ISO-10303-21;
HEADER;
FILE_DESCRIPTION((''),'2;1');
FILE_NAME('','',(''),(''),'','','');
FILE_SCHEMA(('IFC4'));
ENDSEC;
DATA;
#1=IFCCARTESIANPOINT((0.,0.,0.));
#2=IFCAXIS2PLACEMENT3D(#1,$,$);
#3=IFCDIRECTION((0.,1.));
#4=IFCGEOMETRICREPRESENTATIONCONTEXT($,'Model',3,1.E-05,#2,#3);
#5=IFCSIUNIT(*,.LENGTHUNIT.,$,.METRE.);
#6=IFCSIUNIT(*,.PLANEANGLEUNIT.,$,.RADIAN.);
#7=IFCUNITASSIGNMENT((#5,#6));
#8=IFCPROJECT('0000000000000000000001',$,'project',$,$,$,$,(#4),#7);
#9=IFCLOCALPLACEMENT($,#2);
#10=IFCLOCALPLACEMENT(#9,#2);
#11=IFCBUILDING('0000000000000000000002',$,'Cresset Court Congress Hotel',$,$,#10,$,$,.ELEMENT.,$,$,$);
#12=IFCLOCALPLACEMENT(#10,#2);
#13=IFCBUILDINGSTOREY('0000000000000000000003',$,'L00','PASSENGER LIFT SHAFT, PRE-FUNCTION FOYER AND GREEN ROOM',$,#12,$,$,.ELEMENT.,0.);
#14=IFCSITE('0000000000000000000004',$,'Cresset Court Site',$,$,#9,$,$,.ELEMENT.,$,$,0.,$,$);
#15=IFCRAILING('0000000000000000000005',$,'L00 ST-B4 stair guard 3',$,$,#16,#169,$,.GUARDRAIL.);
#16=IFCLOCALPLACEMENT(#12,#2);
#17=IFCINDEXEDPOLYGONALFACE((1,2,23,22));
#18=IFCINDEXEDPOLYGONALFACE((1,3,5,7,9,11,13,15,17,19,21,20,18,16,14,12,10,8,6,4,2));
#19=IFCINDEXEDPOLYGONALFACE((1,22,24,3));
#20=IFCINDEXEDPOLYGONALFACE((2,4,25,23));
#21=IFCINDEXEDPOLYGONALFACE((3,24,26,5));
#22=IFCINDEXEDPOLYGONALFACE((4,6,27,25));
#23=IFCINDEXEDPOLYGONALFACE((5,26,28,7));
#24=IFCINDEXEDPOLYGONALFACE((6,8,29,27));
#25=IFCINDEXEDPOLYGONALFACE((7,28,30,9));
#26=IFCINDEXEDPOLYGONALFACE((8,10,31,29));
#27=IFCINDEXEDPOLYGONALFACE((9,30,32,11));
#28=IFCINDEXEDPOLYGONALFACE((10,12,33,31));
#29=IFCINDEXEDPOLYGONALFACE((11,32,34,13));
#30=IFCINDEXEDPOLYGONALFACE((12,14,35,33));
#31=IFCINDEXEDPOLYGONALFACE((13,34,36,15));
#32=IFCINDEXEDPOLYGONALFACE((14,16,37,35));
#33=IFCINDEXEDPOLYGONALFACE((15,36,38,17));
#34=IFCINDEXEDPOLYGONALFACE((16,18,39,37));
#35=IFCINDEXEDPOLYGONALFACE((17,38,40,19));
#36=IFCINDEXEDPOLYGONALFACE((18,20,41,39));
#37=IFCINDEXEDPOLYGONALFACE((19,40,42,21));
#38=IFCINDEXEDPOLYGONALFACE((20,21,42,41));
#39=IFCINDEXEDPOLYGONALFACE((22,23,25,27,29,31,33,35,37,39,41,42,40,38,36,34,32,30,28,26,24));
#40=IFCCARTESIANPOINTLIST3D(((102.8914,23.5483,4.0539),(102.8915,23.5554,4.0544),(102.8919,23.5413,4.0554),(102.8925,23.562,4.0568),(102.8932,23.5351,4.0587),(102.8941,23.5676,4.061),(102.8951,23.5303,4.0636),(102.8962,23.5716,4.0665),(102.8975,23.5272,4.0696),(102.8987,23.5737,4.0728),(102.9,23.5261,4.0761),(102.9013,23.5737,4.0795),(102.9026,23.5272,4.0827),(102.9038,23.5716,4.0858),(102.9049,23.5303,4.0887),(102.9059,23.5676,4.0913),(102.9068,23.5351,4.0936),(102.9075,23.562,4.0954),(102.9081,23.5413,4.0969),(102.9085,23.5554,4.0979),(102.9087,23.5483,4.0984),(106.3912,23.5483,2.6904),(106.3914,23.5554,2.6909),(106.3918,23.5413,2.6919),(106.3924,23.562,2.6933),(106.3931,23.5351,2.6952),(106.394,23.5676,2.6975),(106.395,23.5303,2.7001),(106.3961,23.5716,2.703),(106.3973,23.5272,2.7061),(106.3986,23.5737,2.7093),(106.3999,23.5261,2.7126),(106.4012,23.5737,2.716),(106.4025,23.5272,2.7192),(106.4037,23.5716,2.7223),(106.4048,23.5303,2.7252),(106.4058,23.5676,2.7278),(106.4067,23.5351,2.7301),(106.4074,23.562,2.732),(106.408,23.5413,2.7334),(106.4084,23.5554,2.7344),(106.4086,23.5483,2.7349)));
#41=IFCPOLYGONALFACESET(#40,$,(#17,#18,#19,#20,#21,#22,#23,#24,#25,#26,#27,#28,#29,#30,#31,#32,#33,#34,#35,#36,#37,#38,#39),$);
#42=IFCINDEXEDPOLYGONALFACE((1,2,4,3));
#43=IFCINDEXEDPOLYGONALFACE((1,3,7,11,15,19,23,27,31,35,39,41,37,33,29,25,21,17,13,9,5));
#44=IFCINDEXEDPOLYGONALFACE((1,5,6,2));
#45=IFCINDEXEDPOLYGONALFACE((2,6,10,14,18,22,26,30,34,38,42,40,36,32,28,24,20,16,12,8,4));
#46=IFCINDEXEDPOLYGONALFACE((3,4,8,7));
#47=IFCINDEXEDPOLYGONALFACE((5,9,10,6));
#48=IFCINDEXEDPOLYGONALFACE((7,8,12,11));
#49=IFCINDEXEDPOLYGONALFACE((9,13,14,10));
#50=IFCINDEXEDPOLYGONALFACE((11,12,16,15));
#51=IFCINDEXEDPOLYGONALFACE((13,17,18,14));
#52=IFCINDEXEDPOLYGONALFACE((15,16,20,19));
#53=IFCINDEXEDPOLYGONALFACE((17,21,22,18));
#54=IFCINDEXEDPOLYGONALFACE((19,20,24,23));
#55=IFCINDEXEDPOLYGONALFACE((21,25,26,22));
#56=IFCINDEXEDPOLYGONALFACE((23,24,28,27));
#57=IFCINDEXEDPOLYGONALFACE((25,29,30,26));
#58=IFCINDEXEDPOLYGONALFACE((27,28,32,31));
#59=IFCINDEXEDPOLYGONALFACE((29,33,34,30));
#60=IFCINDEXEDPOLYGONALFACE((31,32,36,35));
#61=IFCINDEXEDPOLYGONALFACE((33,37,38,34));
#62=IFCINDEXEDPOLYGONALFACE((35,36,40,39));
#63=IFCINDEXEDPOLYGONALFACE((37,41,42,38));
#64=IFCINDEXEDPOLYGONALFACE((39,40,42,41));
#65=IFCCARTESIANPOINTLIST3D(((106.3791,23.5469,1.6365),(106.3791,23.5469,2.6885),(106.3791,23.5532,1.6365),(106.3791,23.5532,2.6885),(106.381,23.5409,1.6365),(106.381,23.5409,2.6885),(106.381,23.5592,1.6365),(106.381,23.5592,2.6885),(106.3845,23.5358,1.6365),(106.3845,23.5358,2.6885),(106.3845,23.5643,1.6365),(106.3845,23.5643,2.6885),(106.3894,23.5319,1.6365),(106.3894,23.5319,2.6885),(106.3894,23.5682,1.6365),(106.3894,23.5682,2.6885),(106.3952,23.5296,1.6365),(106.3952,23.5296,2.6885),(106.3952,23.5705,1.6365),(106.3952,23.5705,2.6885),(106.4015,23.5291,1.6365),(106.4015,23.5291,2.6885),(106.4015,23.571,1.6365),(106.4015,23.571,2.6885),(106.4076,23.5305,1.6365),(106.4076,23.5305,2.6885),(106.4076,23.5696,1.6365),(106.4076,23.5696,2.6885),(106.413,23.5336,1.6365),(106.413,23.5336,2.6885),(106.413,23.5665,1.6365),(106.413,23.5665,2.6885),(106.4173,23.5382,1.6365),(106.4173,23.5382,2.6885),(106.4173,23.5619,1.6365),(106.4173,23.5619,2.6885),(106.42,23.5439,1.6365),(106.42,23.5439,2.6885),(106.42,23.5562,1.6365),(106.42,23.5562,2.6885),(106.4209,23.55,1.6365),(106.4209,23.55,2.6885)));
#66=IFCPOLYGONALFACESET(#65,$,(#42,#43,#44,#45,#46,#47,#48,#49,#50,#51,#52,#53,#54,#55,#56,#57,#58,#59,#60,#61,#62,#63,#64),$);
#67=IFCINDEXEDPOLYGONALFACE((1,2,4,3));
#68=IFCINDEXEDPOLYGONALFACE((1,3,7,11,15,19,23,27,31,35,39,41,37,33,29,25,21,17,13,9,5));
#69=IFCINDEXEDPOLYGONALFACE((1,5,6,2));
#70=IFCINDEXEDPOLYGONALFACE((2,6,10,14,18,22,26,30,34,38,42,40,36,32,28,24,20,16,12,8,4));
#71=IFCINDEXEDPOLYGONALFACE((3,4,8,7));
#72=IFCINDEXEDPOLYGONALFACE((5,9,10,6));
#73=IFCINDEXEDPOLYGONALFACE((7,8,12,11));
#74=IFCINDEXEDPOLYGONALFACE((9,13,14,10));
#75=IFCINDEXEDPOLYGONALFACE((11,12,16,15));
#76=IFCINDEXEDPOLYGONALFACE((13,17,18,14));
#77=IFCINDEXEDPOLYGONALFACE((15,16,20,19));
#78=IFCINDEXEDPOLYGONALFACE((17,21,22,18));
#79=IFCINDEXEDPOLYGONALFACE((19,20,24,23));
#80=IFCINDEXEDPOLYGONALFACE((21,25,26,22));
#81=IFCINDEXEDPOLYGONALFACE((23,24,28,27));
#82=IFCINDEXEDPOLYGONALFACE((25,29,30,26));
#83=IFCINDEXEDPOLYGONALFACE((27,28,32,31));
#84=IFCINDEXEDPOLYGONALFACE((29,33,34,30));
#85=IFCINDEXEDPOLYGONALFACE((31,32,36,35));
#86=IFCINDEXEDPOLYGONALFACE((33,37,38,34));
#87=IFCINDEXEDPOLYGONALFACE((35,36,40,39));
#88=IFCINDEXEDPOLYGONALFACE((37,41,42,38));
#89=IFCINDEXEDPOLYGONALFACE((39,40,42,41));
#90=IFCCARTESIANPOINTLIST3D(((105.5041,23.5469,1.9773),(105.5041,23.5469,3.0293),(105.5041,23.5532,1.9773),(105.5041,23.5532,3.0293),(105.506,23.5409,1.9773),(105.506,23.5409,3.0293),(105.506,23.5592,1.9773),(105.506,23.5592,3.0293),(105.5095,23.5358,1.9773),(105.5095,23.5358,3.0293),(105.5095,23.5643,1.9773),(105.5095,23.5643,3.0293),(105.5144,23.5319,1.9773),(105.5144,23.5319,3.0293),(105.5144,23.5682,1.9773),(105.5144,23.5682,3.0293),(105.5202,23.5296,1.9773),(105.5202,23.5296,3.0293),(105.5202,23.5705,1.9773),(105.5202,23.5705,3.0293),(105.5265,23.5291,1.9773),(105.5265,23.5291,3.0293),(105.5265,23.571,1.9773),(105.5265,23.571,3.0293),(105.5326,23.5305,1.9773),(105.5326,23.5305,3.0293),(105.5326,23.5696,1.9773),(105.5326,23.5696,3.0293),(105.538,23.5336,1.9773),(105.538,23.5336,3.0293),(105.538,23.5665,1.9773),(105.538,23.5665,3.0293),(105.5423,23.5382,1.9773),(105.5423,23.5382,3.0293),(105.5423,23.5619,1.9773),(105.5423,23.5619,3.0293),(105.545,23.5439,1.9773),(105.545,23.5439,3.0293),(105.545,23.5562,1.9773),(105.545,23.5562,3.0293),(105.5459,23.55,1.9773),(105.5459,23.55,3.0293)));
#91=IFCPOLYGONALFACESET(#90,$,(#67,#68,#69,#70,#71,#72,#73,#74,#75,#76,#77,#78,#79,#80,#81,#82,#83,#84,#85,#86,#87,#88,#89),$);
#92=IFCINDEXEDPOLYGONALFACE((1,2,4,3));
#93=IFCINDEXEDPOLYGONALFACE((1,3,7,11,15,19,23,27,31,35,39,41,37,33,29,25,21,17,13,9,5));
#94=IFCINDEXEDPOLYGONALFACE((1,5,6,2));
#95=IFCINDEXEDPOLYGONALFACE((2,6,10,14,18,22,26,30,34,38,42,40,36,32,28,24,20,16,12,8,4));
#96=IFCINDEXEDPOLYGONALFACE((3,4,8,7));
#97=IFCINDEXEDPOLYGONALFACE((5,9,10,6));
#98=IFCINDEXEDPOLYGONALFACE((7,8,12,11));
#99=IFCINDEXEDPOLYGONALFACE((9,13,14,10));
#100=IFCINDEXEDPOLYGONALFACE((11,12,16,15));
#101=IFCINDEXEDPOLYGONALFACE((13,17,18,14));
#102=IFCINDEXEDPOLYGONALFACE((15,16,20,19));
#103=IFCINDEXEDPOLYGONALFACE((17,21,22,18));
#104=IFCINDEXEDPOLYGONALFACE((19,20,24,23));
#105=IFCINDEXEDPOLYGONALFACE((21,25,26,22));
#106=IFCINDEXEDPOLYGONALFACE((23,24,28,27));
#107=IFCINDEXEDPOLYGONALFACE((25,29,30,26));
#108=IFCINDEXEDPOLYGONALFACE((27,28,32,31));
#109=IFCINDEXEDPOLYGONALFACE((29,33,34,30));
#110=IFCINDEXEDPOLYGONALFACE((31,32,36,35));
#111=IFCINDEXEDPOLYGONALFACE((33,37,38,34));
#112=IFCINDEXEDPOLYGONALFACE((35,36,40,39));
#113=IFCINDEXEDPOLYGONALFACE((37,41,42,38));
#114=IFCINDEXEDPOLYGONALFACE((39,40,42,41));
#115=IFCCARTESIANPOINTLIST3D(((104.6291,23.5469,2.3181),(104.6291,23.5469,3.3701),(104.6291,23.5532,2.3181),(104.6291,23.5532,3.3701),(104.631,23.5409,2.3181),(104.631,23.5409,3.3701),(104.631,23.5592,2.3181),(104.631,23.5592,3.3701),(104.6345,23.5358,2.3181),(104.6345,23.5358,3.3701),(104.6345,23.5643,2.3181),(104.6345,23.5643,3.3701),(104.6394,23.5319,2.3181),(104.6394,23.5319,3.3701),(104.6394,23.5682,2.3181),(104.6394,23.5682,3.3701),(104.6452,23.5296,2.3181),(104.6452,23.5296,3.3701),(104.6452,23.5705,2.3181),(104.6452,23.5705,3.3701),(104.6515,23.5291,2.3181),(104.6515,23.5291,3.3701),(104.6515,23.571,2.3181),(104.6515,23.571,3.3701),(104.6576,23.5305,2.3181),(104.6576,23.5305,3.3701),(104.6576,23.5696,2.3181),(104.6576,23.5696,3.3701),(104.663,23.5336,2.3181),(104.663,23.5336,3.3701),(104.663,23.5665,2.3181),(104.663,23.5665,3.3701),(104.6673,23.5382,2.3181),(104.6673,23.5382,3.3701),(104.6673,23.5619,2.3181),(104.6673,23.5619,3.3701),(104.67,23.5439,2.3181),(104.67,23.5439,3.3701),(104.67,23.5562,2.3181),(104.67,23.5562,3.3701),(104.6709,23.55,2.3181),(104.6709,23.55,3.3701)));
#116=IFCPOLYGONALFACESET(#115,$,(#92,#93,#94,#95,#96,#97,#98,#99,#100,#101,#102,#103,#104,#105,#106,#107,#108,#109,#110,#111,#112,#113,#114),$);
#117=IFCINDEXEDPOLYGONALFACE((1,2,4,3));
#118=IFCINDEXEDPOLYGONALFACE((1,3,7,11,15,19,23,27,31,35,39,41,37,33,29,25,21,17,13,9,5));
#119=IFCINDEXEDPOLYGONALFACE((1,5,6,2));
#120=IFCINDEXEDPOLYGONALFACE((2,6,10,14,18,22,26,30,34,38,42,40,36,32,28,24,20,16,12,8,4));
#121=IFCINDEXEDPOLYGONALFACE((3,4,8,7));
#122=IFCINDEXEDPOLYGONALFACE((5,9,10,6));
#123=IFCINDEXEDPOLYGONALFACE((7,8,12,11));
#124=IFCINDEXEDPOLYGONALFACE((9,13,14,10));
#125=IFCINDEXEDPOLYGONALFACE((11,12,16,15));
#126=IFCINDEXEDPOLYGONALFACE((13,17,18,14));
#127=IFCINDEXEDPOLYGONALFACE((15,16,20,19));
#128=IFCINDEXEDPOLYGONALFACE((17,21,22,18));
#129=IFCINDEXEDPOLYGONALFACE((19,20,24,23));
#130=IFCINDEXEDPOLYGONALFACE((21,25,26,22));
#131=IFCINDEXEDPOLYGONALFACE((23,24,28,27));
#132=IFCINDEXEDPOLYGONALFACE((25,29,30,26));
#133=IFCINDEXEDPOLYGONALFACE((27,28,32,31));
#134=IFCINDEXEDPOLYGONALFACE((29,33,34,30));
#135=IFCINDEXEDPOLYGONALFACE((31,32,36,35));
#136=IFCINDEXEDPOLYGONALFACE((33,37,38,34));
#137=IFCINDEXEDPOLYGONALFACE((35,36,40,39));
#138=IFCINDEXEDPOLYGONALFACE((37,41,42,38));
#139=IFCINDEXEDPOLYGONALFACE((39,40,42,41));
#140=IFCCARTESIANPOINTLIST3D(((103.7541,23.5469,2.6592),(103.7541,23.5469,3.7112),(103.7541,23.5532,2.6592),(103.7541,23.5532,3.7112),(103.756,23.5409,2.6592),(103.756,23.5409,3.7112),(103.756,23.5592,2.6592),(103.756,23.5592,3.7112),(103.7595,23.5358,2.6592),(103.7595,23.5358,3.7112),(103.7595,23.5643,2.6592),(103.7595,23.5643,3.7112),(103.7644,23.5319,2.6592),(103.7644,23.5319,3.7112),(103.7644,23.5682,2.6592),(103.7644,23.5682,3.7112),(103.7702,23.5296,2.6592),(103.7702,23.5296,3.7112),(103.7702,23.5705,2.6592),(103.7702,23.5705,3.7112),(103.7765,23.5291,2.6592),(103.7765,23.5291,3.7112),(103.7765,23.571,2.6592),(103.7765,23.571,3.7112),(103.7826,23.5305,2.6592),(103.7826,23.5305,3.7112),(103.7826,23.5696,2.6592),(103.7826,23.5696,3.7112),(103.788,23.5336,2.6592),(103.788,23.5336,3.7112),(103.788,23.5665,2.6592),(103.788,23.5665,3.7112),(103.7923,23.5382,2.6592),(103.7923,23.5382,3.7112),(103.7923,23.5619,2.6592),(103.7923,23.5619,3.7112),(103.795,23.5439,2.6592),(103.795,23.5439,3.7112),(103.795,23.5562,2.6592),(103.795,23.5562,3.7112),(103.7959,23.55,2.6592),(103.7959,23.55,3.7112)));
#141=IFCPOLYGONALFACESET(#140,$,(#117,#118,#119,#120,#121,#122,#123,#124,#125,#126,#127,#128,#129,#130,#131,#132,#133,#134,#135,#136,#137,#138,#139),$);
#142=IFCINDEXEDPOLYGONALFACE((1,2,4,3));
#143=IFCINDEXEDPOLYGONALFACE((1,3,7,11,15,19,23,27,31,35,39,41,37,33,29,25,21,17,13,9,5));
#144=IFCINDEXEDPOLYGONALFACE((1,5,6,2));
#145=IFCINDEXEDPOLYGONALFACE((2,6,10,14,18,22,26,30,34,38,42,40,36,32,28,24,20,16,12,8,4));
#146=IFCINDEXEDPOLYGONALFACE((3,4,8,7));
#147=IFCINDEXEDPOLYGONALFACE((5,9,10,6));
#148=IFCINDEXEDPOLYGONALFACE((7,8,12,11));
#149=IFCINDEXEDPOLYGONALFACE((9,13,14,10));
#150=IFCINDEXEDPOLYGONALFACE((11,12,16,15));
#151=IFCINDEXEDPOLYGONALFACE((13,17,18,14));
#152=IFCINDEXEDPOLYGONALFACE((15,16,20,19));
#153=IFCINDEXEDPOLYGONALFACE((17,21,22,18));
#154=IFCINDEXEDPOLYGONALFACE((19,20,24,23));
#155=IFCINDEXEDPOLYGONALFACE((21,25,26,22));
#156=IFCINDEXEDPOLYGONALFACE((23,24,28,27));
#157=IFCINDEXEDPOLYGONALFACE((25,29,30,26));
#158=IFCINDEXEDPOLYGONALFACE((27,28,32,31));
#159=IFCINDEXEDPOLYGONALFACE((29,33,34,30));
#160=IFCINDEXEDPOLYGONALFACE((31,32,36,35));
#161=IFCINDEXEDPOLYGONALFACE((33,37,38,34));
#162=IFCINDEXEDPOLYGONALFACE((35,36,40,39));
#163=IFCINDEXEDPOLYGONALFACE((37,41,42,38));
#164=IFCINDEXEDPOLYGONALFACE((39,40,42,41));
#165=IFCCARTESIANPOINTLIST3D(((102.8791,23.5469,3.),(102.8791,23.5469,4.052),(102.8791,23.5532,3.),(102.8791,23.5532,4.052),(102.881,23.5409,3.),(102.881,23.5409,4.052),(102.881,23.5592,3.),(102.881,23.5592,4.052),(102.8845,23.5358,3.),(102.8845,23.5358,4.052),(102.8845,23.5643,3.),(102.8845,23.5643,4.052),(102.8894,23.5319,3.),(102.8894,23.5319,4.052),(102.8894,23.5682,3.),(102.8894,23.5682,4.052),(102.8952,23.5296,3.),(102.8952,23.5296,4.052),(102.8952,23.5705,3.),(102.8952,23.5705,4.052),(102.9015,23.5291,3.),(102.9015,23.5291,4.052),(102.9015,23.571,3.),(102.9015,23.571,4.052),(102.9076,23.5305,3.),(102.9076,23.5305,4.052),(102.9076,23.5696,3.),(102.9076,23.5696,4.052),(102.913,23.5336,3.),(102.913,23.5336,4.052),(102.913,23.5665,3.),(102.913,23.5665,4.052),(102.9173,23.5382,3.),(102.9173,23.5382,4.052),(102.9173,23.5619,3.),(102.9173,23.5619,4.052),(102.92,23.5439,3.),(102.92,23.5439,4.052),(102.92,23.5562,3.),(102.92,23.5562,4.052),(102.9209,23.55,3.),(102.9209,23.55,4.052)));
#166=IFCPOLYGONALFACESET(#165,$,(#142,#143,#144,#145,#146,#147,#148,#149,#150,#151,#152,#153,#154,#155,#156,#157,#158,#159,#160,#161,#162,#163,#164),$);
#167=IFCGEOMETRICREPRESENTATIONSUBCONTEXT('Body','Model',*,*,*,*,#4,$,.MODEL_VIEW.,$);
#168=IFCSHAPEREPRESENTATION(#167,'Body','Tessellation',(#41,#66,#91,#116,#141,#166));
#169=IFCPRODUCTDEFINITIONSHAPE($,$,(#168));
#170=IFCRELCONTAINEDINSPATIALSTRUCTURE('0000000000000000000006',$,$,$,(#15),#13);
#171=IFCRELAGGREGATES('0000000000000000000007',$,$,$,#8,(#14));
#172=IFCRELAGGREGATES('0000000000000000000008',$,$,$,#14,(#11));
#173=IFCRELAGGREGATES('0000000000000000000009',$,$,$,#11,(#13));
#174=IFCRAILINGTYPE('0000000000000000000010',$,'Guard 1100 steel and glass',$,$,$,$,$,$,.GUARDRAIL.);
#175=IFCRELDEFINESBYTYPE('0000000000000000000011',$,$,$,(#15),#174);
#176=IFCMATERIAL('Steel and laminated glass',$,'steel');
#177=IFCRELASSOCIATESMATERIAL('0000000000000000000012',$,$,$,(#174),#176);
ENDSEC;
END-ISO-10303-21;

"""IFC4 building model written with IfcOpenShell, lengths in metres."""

from ifc_helpers import new_model, si_unit, direction, frame, origin, origin_2d, place, context, subcontext, project, spatial, circle, extrude, material, type_object, element, save


model = new_model("IFC4")

# Units and contexts
model_context = context("Model", 3, precision=1e-05, world=origin(), true_north=direction((0.0, 1.0)))
body_context = subcontext(model_context, "Body", "Model", "MODEL_VIEW")
ifc_project = project(units=[si_unit("LENGTHUNIT", "METRE"), si_unit("PLANEANGLEUNIT", "RADIAN")], contexts=[model_context])

# Site, building, storey
site_placement = place(None, origin())
site = spatial("IfcSite", under=ifc_project, at=site_placement, Name="Cresset Court Site", CompositionType="ELEMENT", RefElevation=0.0)
building_placement = place(site_placement, origin())
building = spatial("IfcBuilding", under=site, at=building_placement, Name="Cresset Court Congress Hotel", CompositionType="ELEMENT")
storey_placement = place(building_placement, origin())
storey = spatial("IfcBuildingStorey", under=building, at=storey_placement, Name="L00", Description="PASSENGER LIFT SHAFT, PRE-FUNCTION FOYER AND GREEN ROOM", CompositionType="ELEMENT", Elevation=0.0)

# Railing
ifc_material_1 = material(Name="Steel and laminated glass", Category="steel")
railing_type_1 = type_object("IfcRailingType", Name="Guard 1100 steel and glass", PredefinedType="GUARDRAIL", material=ifc_material_1)
railing_1_placement = place(storey_placement, frame((106.3999, 23.55, 1.6365)))
element("IfcRailing", 1, at=railing_1_placement, inside=storey, type_object=railing_type_1, Name="L00 ST-B4 stair guard 3", PredefinedType="GUARDRAIL", context=body_context, shape_type="SweptSolid", body=[
    extrude(circle(Radius=0.0239, at=origin_2d()), frame((0.0, 0.0, 1.0762), z_axis=(-0.931787, 0.0, 0.363005), x_axis=(0.0, -1.0, 0.0)), (0.0, 0.0, 1.0), 3.7561),
    extrude(circle(Radius=0.021, at=origin_2d()), origin(), (0.0, 0.0, 1.0), 1.052),
    extrude(circle(Radius=0.021, at=origin_2d()), frame((-0.875, 0.0, 0.3408)), (0.0, 0.0, 1.0), 1.052),
    extrude(circle(Radius=0.021, at=origin_2d()), frame((-1.75, 0.0, 0.6816)), (0.0, 0.0, 1.0), 1.052),
    extrude(circle(Radius=0.021, at=origin_2d()), frame((-2.625, 0.0, 1.0227)), (0.0, 0.0, 1.0), 1.052),
    extrude(circle(Radius=0.021, at=origin_2d()), frame((-3.5, 0.0, 1.3635)), (0.0, 0.0, 1.0), 1.052),
])

save(model, "model.ifc")
